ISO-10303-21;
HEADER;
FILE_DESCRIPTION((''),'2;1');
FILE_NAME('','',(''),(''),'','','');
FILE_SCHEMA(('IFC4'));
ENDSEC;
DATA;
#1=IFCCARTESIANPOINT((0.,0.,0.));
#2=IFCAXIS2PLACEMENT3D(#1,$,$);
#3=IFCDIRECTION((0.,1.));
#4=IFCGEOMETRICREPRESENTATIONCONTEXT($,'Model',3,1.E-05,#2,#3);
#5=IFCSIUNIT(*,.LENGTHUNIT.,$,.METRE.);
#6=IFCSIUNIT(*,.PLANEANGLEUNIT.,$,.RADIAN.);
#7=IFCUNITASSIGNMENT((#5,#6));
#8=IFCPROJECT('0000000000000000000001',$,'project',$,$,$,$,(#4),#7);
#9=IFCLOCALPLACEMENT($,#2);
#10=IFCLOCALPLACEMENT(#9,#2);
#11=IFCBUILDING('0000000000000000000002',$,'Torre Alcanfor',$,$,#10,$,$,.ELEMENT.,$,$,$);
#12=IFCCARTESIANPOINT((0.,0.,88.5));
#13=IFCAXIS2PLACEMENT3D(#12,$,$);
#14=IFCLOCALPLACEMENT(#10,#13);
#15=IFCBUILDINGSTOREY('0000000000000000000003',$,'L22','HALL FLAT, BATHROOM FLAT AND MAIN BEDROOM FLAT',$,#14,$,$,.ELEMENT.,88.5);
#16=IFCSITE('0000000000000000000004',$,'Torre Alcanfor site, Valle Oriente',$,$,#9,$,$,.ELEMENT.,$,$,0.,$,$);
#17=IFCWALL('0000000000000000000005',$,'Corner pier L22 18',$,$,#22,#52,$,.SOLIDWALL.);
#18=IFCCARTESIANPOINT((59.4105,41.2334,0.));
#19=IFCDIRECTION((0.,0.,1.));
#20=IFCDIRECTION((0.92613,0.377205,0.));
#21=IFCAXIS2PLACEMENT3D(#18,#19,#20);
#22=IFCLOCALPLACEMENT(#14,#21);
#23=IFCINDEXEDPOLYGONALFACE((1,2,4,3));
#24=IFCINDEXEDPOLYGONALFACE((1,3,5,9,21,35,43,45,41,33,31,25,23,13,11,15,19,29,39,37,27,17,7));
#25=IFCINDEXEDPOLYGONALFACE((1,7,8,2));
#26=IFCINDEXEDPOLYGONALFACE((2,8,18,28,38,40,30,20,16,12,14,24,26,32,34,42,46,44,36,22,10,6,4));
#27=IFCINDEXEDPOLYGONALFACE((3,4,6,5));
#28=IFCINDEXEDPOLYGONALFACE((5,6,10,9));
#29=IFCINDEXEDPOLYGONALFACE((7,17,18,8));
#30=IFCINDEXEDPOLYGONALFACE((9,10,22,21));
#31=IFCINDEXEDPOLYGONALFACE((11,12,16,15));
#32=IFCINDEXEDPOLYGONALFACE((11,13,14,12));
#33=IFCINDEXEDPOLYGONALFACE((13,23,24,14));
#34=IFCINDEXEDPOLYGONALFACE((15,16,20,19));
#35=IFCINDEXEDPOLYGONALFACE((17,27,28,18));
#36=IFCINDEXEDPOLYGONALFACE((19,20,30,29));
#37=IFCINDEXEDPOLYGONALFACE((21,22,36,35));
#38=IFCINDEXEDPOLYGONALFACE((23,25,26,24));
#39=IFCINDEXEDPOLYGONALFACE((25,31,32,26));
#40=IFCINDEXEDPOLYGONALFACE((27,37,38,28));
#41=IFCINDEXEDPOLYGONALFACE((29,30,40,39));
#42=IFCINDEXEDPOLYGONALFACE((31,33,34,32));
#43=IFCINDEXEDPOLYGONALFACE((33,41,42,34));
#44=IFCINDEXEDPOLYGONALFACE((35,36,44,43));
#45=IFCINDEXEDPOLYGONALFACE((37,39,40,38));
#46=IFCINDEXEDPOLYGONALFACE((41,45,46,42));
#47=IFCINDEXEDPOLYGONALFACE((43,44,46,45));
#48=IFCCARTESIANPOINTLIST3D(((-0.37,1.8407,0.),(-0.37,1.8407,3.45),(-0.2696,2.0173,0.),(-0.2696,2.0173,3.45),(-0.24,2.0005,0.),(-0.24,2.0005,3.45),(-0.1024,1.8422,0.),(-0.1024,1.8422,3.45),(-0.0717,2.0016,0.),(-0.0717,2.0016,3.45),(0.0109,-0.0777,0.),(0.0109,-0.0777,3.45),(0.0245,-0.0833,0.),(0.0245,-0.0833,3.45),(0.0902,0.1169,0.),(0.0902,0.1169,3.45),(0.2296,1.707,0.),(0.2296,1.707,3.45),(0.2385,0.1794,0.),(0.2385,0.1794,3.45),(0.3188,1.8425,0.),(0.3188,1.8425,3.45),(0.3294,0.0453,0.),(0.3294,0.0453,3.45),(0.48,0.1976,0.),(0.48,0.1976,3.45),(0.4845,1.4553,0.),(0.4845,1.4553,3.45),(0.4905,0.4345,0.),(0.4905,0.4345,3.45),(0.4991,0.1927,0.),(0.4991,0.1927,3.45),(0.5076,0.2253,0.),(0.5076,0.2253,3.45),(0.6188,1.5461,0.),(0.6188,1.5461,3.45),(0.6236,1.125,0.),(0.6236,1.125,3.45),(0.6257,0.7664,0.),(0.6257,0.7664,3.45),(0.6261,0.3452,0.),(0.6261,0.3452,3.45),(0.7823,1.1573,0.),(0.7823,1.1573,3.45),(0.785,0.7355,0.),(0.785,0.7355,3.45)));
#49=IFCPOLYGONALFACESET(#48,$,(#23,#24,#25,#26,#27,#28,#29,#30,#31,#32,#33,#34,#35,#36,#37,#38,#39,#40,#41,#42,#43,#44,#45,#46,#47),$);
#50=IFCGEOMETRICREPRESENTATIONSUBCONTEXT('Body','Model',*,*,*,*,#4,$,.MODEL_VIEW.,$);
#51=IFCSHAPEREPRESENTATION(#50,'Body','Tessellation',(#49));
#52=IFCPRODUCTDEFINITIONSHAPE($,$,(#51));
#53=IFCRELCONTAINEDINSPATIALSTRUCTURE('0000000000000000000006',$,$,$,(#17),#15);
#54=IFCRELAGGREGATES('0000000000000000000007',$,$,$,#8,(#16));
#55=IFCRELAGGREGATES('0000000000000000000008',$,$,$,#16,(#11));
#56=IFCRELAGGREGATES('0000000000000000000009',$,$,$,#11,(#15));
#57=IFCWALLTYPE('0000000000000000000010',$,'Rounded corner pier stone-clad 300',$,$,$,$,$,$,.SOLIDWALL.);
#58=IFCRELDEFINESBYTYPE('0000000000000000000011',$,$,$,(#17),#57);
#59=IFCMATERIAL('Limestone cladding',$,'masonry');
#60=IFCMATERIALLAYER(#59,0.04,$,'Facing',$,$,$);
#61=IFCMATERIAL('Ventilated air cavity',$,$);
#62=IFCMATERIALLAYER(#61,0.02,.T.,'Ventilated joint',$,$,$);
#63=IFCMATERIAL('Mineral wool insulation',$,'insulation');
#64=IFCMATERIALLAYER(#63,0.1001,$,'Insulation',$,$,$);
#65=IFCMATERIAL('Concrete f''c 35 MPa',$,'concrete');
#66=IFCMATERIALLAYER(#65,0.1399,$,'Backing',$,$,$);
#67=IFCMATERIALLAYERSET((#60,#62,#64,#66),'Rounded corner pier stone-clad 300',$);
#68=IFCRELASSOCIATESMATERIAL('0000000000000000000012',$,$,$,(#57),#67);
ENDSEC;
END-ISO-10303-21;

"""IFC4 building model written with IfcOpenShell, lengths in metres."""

from ifc_helpers import new_model, si_unit, direction, frame, origin, place, context, subcontext, project, spatial, polyline, outline, extrude, material, layer, layer_set, type_object, element, save


model = new_model("IFC4")

# Units and contexts
model_context = context("Model", 3, precision=1e-05, world=origin(), true_north=direction((0.0, 1.0)))
body_context = subcontext(model_context, "Body", "Model", "MODEL_VIEW")
ifc_project = project(units=[si_unit("LENGTHUNIT", "METRE"), si_unit("PLANEANGLEUNIT", "RADIAN")], contexts=[model_context])

# Site, building, storey
site_placement = place(None, origin())
site = spatial("IfcSite", under=ifc_project, at=site_placement, Name="Torre Alcanfor site, Valle Oriente", CompositionType="ELEMENT", RefElevation=0.0)
building_placement = place(site_placement, origin())
building = spatial("IfcBuilding", under=site, at=building_placement, Name="Torre Alcanfor", CompositionType="ELEMENT")
storey_placement = place(building_placement, frame((0.0, 0.0, 88.5)))
storey = spatial("IfcBuildingStorey", under=building, at=storey_placement, Name="L22", Description="HALL FLAT, BATHROOM FLAT AND MAIN BEDROOM FLAT", CompositionType="ELEMENT", Elevation=88.5)

# Wall
ifc_material_1 = material(Name="Limestone cladding", Category="masonry")
ifc_layer_1 = layer(ifc_material_1, 0.04, Name="Facing")
ifc_material_2 = material(Name="Ventilated air cavity")
ifc_layer_2 = layer(ifc_material_2, 0.02, ventilated=True, Name="Ventilated joint")
ifc_material_3 = material(Name="Mineral wool insulation", Category="insulation")
ifc_layer_3 = layer(ifc_material_3, 0.1001, Name="Insulation")
ifc_material_4 = material(Name="Concrete f'c 35 MPa", Category="concrete")
ifc_layer_4 = layer(ifc_material_4, 0.1399, Name="Backing")
ifc_layer_set_1 = layer_set([ifc_layer_1, ifc_layer_2, ifc_layer_3, ifc_layer_4], Name="Rounded corner pier stone-clad 300")
wall_type_1 = type_object("IfcWallType", Name="Rounded corner pier stone-clad 300", PredefinedType="SOLIDWALL", material=ifc_layer_set_1)
wall_1_placement = place(storey_placement, frame((59.4105, 41.2334, 0.0), z_axis=(0.0, 0.0, 1.0), x_axis=(0.92613, 0.377205, 0.0)))
element("IfcWall", 1, at=wall_1_placement, inside=storey, type_object=wall_type_1, Name="Corner pier L22 18", PredefinedType="SOLIDWALL", context=body_context, shape_type="SweptSolid", body=[
    extrude(outline(polyline([(0.6261, 0.3452), (0.785, 0.7355), (0.7823, 1.1573), (0.6188, 1.5461), (0.3188, 1.8425), (-0.0717, 2.0016), (-0.24, 2.0005), (-0.2696, 2.0173), (-0.37, 1.8407), (-0.1024, 1.8422), (0.2296, 1.707), (0.4845, 1.4553), (0.6236, 1.125), (0.6257, 0.7664), (0.4905, 0.4345), (0.2385, 0.1794), (0.0902, 0.1169), (0.0109, -0.0777), (0.0245, -0.0833), (0.3294, 0.0453), (0.48, 0.1976), (0.4991, 0.1927), (0.5076, 0.2253), (0.6261, 0.3452)])), origin(), (0.0, 0.0, 1.0), 3.45),
])

save(model, "model.ifc")
